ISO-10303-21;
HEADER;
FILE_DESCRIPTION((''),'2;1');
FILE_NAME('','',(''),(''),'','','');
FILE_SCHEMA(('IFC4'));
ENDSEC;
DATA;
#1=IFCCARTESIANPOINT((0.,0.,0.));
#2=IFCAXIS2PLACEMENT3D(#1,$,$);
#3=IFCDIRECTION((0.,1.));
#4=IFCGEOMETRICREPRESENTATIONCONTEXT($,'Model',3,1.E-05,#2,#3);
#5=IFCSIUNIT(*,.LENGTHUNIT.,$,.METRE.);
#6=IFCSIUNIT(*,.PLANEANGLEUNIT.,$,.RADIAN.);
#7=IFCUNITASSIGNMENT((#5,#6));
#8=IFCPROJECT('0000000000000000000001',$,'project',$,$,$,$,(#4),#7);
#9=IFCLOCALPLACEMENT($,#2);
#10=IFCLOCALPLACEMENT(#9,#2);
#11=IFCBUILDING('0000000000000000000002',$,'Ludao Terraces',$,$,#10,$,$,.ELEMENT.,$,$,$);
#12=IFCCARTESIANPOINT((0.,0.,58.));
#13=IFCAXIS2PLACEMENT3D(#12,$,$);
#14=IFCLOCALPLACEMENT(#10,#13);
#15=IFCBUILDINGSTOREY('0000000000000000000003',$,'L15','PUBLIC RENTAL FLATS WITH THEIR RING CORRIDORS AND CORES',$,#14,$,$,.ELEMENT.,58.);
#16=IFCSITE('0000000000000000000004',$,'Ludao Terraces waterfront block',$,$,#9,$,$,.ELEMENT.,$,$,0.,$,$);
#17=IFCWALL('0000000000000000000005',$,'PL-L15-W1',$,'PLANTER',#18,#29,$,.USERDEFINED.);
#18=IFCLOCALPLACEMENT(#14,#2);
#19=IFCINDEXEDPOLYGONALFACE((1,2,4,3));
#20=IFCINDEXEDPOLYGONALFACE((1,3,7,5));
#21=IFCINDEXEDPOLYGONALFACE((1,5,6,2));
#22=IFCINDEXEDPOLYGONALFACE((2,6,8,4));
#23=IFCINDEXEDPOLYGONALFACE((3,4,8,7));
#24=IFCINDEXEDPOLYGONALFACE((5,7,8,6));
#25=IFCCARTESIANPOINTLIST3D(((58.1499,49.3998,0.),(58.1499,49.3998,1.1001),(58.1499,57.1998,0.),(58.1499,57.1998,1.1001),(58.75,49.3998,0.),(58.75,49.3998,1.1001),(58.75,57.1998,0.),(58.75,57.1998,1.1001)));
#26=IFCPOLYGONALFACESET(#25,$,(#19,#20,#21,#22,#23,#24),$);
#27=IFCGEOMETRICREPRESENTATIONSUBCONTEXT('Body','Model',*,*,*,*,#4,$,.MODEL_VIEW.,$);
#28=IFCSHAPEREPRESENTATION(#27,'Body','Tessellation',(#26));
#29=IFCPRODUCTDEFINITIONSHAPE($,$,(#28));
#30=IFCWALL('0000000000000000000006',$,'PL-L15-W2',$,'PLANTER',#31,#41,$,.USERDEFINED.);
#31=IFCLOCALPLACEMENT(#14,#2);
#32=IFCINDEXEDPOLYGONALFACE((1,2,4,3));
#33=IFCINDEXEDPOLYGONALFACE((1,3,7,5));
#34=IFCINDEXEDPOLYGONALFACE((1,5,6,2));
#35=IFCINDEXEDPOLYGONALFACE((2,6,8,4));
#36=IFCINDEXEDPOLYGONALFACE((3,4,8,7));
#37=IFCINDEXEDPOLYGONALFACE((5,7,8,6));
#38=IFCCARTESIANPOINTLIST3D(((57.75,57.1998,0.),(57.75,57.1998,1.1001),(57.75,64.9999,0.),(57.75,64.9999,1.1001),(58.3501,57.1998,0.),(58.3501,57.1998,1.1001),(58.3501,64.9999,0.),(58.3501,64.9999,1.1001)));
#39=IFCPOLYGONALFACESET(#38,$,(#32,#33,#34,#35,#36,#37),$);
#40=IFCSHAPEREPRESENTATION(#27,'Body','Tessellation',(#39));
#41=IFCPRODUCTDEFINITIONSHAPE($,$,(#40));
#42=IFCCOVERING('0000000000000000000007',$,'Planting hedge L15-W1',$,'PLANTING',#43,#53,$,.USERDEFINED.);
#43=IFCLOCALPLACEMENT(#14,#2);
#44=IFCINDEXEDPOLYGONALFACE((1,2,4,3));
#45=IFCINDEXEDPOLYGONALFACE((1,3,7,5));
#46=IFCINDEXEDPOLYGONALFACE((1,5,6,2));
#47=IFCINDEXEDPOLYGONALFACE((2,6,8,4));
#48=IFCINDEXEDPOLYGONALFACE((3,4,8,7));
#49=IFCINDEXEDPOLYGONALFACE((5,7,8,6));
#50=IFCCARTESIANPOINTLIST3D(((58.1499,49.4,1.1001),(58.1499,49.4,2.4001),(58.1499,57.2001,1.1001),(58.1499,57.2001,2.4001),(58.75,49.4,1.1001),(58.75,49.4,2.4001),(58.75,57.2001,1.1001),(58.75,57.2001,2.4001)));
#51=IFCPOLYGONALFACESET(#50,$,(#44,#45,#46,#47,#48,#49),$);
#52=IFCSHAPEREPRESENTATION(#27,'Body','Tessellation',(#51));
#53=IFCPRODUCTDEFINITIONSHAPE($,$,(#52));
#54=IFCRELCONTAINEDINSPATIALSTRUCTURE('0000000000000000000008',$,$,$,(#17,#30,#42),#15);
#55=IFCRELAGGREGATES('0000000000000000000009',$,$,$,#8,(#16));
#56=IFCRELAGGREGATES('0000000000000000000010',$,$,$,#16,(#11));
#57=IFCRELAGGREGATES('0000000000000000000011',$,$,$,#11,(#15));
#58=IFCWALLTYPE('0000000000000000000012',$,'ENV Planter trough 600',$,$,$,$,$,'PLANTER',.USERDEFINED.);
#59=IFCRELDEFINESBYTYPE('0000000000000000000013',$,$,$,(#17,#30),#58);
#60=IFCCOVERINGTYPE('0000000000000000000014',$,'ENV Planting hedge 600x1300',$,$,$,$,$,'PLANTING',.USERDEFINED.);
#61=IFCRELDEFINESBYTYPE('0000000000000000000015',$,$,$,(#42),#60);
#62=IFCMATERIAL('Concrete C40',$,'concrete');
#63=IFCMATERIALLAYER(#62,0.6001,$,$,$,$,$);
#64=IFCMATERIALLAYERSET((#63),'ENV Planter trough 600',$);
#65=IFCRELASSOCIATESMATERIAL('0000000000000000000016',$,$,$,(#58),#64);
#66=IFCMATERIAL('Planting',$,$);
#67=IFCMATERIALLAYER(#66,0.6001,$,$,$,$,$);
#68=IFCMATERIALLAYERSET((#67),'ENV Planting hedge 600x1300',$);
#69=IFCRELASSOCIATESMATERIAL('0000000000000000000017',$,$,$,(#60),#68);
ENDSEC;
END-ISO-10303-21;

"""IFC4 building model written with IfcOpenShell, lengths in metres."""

from ifc_helpers import new_model, si_unit, direction, frame, frame_2d, origin, origin_2d, place, context, subcontext, project, spatial, rectangle, extrude, material, layer, layer_set, type_object, element, save


model = new_model("IFC4")

# Units and contexts
model_context = context("Model", 3, precision=1e-05, world=origin(), true_north=direction((0.0, 1.0)))
body_context = subcontext(model_context, "Body", "Model", "MODEL_VIEW")
ifc_project = project(units=[si_unit("LENGTHUNIT", "METRE"), si_unit("PLANEANGLEUNIT", "RADIAN")], contexts=[model_context])

# Site, building, storey
site_placement = place(None, origin())
site = spatial("IfcSite", under=ifc_project, at=site_placement, Name="Ludao Terraces waterfront block", CompositionType="ELEMENT", RefElevation=0.0)
building_placement = place(site_placement, origin())
building = spatial("IfcBuilding", under=site, at=building_placement, Name="Ludao Terraces", CompositionType="ELEMENT")
storey_placement = place(building_placement, frame((0.0, 0.0, 58.0)))
storey = spatial("IfcBuildingStorey", under=building, at=storey_placement, Name="L15", Description="PUBLIC RENTAL FLATS WITH THEIR RING CORRIDORS AND CORES", CompositionType="ELEMENT", Elevation=58.0)

# Shared definitions
ifc_material_1 = material(Name="Concrete C40", Category="concrete")

# Walls
ifc_layer_1 = layer(ifc_material_1, 0.6001)
ifc_layer_set_1 = layer_set([ifc_layer_1], Name="ENV Planter trough 600")
wall_type = type_object("IfcWallType", Name="ENV Planter trough 600", ElementType="PLANTER", PredefinedType="USERDEFINED", material=ifc_layer_set_1)
for number, where, z_axis, x_axis, name in (
    (1, (58.45, 49.3999, 0.0), (0.0, 0.0, 1.0), (0.0, 1.0, 0.0), "PL-L15-W1"),
    (2, (58.05, 57.2, 0.0), (0.0, 0.0, 1.0), (0.0, 1.0, 0.0), "PL-L15-W2"),
):
    element("IfcWall", number, at=place(storey_placement, frame(where, z_axis=z_axis, x_axis=x_axis)), inside=storey, type_object=wall_type, Name=name, ObjectType="PLANTER", PredefinedType="USERDEFINED", context=body_context, shape_type="SweptSolid", body=[
        extrude(rectangle(XDim=7.8, YDim=0.6001, at=frame_2d((3.8999, 0.0))), origin(), (0.0, 0.0, 1.0), 1.1001),
    ])

# Covering
ifc_material_2 = material(Name="Planting")
ifc_layer_2 = layer(ifc_material_2, 0.6001)
ifc_layer_set_2 = layer_set([ifc_layer_2], Name="ENV Planting hedge 600x1300")
covering_type = type_object("IfcCoveringType", Name="ENV Planting hedge 600x1300", ElementType="PLANTING", PredefinedType="USERDEFINED", material=ifc_layer_set_2)
covering_placement = place(storey_placement, frame((58.45, 53.3, 1.1001), z_axis=(0.0, 0.0, 1.0), x_axis=(1.0, 0.0, 0.0)))
element("IfcCovering", 3, at=covering_placement, inside=storey, type_object=covering_type, Name="Planting hedge L15-W1", ObjectType="PLANTING", PredefinedType="USERDEFINED", context=body_context, shape_type="SweptSolid", body=[
    extrude(rectangle(XDim=0.6001, YDim=7.8, at=origin_2d()), origin(), (0.0, 0.0, 1.0), 1.3),
])

save(model, "model.ifc")
